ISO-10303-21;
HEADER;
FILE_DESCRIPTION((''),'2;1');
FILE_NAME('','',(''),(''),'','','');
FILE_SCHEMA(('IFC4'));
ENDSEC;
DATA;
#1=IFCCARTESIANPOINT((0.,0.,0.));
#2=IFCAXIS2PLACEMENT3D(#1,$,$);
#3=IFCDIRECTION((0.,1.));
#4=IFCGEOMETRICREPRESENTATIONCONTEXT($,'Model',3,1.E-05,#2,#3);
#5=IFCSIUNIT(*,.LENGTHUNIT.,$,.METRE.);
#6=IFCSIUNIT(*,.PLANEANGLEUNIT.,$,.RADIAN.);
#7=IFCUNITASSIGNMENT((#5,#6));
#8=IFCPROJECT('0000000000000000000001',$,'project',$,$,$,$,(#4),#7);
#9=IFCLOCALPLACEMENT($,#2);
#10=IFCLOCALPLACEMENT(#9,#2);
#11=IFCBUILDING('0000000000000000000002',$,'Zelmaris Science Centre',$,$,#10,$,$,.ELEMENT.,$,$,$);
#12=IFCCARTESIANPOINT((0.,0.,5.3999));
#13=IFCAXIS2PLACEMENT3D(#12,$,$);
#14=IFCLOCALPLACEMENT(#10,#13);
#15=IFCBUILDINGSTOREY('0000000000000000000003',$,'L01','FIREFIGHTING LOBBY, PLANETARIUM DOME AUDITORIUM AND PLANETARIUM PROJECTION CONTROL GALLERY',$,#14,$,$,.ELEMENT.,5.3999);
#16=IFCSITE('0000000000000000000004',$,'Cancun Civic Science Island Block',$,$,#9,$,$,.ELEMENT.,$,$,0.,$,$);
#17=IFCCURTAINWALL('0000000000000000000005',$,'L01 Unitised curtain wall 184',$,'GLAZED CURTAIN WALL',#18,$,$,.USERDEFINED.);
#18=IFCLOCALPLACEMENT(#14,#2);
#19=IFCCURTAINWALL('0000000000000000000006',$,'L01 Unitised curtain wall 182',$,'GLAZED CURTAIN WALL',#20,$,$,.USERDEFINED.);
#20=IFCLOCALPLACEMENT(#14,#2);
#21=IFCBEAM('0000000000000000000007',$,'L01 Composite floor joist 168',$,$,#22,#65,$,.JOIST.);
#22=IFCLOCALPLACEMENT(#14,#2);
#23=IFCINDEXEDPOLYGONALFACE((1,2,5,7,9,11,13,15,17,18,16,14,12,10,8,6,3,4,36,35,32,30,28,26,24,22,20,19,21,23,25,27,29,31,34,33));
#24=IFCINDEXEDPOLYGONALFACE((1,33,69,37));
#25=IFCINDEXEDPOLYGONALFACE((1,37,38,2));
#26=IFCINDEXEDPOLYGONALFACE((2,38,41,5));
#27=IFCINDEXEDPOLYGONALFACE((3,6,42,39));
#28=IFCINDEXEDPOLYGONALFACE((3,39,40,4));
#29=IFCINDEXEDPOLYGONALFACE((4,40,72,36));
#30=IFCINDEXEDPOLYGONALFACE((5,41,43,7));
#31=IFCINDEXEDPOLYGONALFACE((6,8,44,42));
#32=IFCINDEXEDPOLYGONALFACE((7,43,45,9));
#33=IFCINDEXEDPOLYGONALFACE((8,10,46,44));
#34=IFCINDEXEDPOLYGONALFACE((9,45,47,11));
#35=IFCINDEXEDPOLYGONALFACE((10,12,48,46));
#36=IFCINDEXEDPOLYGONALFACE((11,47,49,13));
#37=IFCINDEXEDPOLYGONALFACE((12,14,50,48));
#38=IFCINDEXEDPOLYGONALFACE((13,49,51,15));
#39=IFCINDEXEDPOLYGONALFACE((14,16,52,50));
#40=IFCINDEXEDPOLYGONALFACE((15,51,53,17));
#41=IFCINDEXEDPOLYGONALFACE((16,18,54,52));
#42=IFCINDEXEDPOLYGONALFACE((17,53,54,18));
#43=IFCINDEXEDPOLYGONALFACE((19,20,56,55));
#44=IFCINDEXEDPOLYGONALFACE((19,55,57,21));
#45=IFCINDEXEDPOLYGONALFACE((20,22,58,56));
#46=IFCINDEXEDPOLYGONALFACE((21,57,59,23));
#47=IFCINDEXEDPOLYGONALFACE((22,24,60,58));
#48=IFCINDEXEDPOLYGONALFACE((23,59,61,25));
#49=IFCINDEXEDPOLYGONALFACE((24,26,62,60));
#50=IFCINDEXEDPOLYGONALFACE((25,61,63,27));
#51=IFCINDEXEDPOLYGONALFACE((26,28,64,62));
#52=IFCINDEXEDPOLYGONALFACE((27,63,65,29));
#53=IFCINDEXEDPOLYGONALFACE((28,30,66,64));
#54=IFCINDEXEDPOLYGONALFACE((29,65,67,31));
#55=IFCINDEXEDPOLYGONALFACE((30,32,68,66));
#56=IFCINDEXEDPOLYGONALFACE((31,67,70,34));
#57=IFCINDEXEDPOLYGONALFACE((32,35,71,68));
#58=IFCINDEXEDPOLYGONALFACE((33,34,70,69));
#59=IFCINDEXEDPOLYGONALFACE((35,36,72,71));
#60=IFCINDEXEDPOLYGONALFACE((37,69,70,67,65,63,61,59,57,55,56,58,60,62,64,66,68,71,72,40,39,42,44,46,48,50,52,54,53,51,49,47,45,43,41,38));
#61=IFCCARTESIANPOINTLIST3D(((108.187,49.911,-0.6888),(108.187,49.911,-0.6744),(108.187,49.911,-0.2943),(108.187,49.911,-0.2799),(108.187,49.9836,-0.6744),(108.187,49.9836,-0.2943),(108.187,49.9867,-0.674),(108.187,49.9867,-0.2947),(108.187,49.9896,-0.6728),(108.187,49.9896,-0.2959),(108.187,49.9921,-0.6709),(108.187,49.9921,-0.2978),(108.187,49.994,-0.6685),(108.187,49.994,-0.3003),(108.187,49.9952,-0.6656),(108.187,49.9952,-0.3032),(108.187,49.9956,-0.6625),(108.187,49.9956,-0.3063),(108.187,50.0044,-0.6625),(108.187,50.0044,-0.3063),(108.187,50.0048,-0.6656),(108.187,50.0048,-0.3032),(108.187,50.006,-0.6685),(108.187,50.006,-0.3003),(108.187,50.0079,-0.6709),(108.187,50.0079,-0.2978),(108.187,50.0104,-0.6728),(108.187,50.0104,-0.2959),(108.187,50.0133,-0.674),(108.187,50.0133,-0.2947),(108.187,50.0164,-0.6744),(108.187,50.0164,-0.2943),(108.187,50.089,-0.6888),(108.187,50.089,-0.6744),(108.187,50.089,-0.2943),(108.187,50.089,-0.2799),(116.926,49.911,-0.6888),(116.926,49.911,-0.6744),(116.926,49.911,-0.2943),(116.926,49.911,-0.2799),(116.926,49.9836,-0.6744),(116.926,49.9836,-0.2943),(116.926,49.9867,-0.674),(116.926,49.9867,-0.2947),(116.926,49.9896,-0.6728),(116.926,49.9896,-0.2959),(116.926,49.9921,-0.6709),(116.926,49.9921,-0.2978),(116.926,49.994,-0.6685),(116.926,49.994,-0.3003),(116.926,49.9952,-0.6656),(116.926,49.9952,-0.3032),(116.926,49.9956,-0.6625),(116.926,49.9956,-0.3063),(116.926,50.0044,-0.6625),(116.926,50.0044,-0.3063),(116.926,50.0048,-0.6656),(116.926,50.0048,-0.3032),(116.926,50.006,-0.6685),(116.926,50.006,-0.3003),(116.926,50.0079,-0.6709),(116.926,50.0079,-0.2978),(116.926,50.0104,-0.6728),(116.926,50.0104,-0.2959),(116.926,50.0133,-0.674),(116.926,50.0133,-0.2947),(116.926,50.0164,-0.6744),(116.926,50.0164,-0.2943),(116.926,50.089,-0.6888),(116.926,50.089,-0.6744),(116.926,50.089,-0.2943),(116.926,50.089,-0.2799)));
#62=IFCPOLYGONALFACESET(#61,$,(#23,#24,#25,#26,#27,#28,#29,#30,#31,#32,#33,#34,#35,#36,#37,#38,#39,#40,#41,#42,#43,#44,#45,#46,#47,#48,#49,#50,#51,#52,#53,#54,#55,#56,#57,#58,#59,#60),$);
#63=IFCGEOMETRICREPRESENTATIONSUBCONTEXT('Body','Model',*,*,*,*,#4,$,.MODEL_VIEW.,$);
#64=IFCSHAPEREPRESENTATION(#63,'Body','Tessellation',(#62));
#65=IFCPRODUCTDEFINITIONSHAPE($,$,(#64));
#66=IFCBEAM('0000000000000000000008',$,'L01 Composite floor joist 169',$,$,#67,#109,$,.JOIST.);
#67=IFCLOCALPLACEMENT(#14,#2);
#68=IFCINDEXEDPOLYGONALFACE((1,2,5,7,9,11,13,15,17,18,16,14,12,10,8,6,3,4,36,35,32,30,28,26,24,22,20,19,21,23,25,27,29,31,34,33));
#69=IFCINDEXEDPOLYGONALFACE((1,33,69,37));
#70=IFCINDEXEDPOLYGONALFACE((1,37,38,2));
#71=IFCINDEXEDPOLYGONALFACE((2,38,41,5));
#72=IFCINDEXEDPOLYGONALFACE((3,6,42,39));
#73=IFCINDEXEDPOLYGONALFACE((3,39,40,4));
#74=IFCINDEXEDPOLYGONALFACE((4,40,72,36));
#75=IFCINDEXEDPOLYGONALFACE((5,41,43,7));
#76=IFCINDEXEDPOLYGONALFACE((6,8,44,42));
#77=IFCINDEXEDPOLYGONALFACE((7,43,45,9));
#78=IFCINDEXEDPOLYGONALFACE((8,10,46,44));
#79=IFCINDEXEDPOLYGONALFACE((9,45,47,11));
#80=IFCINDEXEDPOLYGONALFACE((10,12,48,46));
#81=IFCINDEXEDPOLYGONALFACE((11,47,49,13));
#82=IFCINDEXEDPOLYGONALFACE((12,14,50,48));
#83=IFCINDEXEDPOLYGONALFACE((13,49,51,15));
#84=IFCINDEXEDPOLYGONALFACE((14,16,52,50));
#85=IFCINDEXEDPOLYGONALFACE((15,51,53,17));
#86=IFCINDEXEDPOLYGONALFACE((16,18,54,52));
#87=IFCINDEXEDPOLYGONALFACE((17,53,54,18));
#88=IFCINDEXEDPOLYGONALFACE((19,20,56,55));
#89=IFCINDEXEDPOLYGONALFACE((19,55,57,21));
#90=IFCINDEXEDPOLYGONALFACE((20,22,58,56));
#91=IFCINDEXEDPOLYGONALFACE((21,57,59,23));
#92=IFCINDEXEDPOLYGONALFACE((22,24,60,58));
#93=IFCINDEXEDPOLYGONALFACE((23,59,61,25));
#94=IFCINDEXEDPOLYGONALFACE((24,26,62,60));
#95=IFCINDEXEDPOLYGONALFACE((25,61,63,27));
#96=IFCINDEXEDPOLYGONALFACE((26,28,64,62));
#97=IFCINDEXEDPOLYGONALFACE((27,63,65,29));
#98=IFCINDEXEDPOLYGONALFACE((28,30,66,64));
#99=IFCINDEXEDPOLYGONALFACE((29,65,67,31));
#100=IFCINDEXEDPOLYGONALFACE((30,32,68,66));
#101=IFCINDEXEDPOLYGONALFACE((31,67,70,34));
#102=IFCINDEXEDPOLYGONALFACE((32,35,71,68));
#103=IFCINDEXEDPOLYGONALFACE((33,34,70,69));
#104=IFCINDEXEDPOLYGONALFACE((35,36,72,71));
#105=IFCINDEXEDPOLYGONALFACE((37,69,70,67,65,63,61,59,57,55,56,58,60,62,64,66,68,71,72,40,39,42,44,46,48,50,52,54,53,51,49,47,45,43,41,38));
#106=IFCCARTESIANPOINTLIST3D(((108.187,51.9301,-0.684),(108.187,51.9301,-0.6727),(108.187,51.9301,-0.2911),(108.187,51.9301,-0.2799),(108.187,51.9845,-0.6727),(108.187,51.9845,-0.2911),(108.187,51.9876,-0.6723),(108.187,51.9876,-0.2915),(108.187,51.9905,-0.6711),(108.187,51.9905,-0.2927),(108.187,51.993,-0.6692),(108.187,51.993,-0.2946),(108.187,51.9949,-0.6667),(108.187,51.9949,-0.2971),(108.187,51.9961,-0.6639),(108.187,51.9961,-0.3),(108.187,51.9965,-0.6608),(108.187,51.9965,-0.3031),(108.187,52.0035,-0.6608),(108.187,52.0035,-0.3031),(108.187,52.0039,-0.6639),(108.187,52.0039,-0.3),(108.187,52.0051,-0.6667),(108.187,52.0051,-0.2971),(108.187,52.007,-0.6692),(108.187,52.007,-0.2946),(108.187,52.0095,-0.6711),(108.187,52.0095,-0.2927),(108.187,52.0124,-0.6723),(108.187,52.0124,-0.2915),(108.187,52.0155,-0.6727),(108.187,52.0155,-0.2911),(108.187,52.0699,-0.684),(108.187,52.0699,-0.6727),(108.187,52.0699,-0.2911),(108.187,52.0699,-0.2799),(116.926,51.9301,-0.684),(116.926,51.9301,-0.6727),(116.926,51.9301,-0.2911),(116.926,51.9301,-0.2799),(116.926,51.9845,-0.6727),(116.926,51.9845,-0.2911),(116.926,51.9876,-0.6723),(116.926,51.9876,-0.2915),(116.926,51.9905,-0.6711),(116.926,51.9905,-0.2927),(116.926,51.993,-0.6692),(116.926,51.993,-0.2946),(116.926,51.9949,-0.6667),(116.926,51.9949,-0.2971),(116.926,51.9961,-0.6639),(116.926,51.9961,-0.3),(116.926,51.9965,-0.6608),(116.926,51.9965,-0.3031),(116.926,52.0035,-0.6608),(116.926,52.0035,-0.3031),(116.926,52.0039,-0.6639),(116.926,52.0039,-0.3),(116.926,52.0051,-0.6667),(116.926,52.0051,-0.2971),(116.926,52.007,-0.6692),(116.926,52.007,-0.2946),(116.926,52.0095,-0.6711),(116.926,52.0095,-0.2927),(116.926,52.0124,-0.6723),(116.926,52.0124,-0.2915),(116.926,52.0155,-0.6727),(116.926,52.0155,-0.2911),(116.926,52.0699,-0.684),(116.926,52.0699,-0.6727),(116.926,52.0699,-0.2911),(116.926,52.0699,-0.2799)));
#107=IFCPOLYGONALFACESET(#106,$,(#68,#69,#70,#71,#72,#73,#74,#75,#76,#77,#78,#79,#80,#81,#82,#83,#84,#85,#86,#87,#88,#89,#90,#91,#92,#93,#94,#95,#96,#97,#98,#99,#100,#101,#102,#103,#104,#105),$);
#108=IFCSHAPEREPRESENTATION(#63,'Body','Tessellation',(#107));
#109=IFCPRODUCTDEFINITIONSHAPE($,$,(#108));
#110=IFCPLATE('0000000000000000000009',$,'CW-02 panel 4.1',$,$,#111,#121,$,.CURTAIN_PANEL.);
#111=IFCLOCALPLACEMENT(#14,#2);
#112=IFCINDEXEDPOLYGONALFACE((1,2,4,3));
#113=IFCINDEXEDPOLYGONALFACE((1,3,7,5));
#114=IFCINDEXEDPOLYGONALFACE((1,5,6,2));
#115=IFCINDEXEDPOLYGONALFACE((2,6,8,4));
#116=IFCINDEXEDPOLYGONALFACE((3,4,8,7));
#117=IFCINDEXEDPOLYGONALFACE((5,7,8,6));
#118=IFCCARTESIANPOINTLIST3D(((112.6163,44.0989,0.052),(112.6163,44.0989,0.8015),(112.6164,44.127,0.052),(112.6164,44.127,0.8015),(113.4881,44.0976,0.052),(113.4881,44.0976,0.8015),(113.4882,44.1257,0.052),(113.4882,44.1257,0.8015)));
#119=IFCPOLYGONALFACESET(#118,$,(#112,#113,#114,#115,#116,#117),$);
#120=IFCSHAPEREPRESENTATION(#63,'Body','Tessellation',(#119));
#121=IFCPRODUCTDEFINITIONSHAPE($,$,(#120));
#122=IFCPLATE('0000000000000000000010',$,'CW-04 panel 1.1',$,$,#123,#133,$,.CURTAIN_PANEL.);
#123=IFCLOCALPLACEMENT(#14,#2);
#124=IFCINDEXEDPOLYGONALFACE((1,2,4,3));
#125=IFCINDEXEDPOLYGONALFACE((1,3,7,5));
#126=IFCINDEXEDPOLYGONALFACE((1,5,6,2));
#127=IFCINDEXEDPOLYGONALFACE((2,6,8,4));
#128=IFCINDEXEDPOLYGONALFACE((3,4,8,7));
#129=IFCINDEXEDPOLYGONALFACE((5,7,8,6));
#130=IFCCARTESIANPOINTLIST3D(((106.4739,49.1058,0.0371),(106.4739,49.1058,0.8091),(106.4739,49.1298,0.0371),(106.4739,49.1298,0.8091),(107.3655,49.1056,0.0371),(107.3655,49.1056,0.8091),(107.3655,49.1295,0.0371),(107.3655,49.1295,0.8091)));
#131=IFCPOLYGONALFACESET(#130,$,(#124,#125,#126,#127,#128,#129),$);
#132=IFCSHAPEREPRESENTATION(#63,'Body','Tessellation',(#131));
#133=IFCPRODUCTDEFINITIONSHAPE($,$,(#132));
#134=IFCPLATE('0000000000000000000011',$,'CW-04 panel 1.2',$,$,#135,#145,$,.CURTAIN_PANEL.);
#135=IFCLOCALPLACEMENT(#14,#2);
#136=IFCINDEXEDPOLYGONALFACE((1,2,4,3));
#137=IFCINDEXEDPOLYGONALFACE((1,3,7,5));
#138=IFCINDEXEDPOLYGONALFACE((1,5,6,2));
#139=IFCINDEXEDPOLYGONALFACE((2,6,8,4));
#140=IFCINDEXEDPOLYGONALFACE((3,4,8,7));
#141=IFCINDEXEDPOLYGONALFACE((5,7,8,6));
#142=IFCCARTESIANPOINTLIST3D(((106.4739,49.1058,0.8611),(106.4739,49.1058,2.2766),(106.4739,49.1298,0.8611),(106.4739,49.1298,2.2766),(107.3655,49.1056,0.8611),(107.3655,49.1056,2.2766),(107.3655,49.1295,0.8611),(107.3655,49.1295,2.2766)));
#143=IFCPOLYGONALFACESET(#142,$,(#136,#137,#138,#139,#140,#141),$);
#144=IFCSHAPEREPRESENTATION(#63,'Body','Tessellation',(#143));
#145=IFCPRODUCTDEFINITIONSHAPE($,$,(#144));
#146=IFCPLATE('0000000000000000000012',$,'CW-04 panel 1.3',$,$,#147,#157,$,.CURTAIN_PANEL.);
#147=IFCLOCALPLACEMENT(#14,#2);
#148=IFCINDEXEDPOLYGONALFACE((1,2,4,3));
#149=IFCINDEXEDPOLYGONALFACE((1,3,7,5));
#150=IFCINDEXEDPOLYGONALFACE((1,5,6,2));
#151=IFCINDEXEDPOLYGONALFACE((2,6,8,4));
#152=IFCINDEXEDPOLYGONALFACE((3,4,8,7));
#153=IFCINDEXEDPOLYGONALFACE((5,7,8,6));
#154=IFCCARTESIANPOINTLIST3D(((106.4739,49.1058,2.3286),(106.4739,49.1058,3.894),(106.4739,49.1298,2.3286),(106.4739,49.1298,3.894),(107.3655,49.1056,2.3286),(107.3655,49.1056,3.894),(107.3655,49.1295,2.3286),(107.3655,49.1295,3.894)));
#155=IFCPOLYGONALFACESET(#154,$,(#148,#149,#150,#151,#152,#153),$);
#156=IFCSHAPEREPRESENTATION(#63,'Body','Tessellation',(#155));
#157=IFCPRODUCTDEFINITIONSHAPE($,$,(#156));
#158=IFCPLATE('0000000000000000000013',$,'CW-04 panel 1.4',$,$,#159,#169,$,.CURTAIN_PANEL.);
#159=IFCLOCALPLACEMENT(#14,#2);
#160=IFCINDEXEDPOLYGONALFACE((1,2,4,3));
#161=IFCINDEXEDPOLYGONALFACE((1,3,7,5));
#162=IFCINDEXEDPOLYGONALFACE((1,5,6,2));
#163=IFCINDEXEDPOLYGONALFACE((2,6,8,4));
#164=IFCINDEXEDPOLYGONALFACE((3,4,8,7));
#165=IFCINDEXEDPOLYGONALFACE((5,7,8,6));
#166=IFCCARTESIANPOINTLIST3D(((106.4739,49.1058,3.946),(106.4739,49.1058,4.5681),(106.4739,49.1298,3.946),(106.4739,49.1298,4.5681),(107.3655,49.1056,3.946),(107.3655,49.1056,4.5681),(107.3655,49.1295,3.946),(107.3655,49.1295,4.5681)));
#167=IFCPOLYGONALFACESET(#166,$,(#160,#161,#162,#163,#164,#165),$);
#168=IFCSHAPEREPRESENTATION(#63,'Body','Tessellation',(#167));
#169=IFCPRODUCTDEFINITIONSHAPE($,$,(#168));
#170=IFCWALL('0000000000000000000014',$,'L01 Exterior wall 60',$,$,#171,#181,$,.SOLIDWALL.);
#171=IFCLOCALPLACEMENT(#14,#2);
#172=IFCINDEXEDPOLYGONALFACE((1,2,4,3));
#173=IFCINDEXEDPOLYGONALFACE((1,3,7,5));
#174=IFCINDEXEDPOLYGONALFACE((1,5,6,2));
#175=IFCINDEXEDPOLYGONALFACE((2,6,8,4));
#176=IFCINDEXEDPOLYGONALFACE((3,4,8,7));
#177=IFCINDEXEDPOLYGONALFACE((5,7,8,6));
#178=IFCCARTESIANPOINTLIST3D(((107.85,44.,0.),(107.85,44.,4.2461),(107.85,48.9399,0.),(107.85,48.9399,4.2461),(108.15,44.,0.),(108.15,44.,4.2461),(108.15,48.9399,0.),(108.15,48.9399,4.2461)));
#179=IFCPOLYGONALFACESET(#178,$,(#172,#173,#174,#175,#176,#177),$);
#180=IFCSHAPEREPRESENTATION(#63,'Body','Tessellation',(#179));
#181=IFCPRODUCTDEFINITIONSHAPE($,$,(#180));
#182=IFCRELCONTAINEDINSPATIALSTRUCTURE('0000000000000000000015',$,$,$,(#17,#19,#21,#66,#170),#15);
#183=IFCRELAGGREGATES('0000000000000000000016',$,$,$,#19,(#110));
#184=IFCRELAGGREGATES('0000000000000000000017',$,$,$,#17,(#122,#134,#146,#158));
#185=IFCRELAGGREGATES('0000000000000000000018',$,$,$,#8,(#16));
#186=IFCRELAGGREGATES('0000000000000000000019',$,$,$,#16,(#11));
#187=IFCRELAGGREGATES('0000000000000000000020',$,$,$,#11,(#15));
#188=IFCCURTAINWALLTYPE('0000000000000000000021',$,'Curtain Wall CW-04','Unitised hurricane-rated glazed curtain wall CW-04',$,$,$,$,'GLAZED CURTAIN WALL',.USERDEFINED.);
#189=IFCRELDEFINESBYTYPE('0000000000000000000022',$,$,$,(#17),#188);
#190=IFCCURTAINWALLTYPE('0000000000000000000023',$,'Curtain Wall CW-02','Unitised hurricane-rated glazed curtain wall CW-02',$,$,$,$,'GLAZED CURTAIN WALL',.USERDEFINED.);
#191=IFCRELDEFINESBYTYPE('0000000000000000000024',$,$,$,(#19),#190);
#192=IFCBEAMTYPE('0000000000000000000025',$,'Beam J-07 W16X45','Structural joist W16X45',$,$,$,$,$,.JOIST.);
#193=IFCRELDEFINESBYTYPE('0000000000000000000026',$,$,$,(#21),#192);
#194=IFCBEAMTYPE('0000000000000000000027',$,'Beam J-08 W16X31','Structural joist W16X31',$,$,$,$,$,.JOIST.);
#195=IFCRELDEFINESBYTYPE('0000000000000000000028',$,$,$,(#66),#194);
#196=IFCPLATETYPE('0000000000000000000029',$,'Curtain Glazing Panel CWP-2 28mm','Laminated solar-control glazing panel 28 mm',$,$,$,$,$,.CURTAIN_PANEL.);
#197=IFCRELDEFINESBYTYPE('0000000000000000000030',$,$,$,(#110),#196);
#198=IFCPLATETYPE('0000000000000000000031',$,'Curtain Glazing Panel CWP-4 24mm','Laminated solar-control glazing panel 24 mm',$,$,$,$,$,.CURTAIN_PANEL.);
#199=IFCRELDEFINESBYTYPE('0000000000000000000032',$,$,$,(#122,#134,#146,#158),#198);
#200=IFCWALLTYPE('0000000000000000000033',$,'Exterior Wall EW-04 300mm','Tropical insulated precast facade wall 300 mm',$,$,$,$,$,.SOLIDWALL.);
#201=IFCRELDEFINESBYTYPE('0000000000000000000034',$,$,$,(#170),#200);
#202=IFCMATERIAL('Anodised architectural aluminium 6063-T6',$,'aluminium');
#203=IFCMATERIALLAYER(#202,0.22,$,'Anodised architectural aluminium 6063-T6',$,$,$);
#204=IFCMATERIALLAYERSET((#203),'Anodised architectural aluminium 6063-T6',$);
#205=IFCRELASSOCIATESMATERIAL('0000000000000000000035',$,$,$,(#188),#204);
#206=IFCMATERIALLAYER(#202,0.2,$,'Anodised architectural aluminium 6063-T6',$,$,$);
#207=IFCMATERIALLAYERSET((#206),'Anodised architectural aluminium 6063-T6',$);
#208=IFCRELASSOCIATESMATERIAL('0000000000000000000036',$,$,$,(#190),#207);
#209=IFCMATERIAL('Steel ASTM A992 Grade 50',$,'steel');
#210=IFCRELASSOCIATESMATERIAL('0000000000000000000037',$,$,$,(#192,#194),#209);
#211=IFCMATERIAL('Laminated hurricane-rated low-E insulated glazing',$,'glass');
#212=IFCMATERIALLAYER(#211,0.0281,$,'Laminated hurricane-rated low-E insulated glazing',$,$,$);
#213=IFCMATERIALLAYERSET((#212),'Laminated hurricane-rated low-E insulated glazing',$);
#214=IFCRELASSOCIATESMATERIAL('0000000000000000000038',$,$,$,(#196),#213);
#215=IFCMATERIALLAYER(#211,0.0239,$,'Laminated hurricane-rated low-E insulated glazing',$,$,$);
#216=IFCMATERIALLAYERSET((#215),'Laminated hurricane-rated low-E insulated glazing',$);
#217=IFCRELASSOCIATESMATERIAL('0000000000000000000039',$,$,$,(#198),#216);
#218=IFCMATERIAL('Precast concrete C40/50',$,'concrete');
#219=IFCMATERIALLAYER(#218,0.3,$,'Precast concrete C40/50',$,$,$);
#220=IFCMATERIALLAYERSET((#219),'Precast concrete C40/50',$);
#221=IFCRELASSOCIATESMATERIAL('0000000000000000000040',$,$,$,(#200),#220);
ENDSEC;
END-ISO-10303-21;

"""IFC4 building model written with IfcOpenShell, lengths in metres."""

from ifc_helpers import new_model, si_unit, direction, frame, frame_2d, origin, origin_2d, place, context, subcontext, project, spatial, rectangle, i_section, extrude, material, layer, layer_set, material_profile, profile_set, type_object, element, aggregate, save


model = new_model("IFC4")

# Units and contexts
model_context = context("Model", 3, precision=1e-05, world=origin(), true_north=direction((0.0, 1.0)))
body_context = subcontext(model_context, "Body", "Model", "MODEL_VIEW")
ifc_project = project(units=[si_unit("LENGTHUNIT", "METRE"), si_unit("PLANEANGLEUNIT", "RADIAN")], contexts=[model_context])

# Site, building, storey
site_placement = place(None, origin())
site = spatial("IfcSite", under=ifc_project, at=site_placement, Name="Cancun Civic Science Island Block", CompositionType="ELEMENT", RefElevation=0.0)
building_placement = place(site_placement, origin())
building = spatial("IfcBuilding", under=site, at=building_placement, Name="Zelmaris Science Centre", CompositionType="ELEMENT")
storey_placement = place(building_placement, frame((0.0, 0.0, 5.3999)))
storey = spatial("IfcBuildingStorey", under=building, at=storey_placement, Name="L01", Description="FIREFIGHTING LOBBY, PLANETARIUM DOME AUDITORIUM AND PLANETARIUM PROJECTION CONTROL GALLERY", CompositionType="ELEMENT", Elevation=5.3999)

# Shared definitions
ifc_material_1 = material(Name="Steel ASTM A992 Grade 50", Category="steel")

# Curtain wall
ifc_material_2 = material(Name="Anodised architectural aluminium 6063-T6", Category="aluminium")
ifc_layer_1 = layer(ifc_material_2, 0.22, Name="Anodised architectural aluminium 6063-T6")
ifc_layer_set_1 = layer_set([ifc_layer_1], Name="Anodised architectural aluminium 6063-T6")
curtain_wall_type_1 = type_object("IfcCurtainWallType", Name="Curtain Wall CW-04", Description="Unitised hurricane-rated glazed curtain wall CW-04", ElementType="GLAZED CURTAIN WALL", PredefinedType="USERDEFINED", material=ifc_layer_set_1)
curtain_wall_1_placement = place(storey_placement, origin())
curtain_wall_1 = element("IfcCurtainWall", 1, at=curtain_wall_1_placement, inside=storey, type_object=curtain_wall_type_1, Name="L01 Unitised curtain wall 184", ObjectType="GLAZED CURTAIN WALL", PredefinedType="USERDEFINED")

# Curtain wall
ifc_layer_2 = layer(ifc_material_2, 0.2, Name="Anodised architectural aluminium 6063-T6")
ifc_layer_set_2 = layer_set([ifc_layer_2], Name="Anodised architectural aluminium 6063-T6")
curtain_wall_type_2 = type_object("IfcCurtainWallType", Name="Curtain Wall CW-02", Description="Unitised hurricane-rated glazed curtain wall CW-02", ElementType="GLAZED CURTAIN WALL", PredefinedType="USERDEFINED", material=ifc_layer_set_2)
curtain_wall_2_placement = place(storey_placement, origin())
curtain_wall_2 = element("IfcCurtainWall", 2, at=curtain_wall_2_placement, inside=storey, type_object=curtain_wall_type_2, Name="L01 Unitised curtain wall 182", ObjectType="GLAZED CURTAIN WALL", PredefinedType="USERDEFINED")

# Beams
ifc_material_profile_1 = material_profile(ifc_material_1, i_section(OverallWidth=0.178, OverallDepth=0.4089, WebThickness=0.0088, FlangeThickness=0.0144, FilletRadius=0.012, at=origin_2d()), Name="W16X45")
ifc_profile_set_1 = profile_set([ifc_material_profile_1], Name="Steel ASTM A992 Grade 50")
beam_type_1 = type_object("IfcBeamType", Name="Beam J-07 W16X45", Description="Structural joist W16X45", PredefinedType="JOIST", material=ifc_profile_set_1)
beam_1_placement = place(storey_placement, frame((108.187, 50.0, -0.4844), z_axis=(1.0, 0.0, 0.0), x_axis=(0.0, 1.0, 0.0)))
element("IfcBeam", 3, at=beam_1_placement, inside=storey, type_object=beam_type_1, Name="L01 Composite floor joist 168", PredefinedType="JOIST", context=body_context, shape_type="SweptSolid", body=[
    extrude(i_section(OverallWidth=0.178, OverallDepth=0.4089, WebThickness=0.0088, FlangeThickness=0.0144, FilletRadius=0.012, at=origin_2d()), origin(), (0.0, 0.0, 1.0), 8.739),
])
ifc_material_profile_2 = material_profile(ifc_material_1, i_section(OverallWidth=0.1399, OverallDepth=0.4041, WebThickness=0.0071, FlangeThickness=0.0112, FilletRadius=0.012, at=origin_2d()), Name="W16X31")
ifc_profile_set_2 = profile_set([ifc_material_profile_2], Name="Steel ASTM A992 Grade 50")
beam_type_2 = type_object("IfcBeamType", Name="Beam J-08 W16X31", Description="Structural joist W16X31", PredefinedType="JOIST", material=ifc_profile_set_2)
beam_2_placement = place(storey_placement, frame((108.187, 52.0, -0.4819), z_axis=(1.0, 0.0, 0.0), x_axis=(0.0, 1.0, 0.0)))
element("IfcBeam", 4, at=beam_2_placement, inside=storey, type_object=beam_type_2, Name="L01 Composite floor joist 169", PredefinedType="JOIST", context=body_context, shape_type="SweptSolid", body=[
    extrude(i_section(OverallWidth=0.1399, OverallDepth=0.4041, WebThickness=0.0071, FlangeThickness=0.0112, FilletRadius=0.012, at=origin_2d()), origin(), (0.0, 0.0, 1.0), 8.739),
])

# Plates
ifc_material_3 = material(Name="Laminated hurricane-rated low-E insulated glazing", Category="glass")
ifc_layer_3 = layer(ifc_material_3, 0.0281, Name="Laminated hurricane-rated low-E insulated glazing")
ifc_layer_set_3 = layer_set([ifc_layer_3], Name="Laminated hurricane-rated low-E insulated glazing")
plate_type_1 = type_object("IfcPlateType", Name="Curtain Glazing Panel CWP-2 28mm", Description="Laminated solar-control glazing panel 28 mm", PredefinedType="CURTAIN_PANEL", material=ifc_layer_set_3)
plate_1_placement = place(storey_placement, frame((113.0522, 44.1123, 0.052), z_axis=(0.0, 0.0, 1.0), x_axis=(-0.999999, 0.001517, 0.0)))
plate_1 = element("IfcPlate", 5, at=plate_1_placement, type_object=plate_type_1, Name="CW-02 panel 4.1", PredefinedType="CURTAIN_PANEL", context=body_context, shape_type="SweptSolid", body=[
    extrude(rectangle(XDim=0.8718, YDim=0.0281, at=origin_2d()), origin(), (0.0, 0.0, 1.0), 0.7495),
])
aggregate(curtain_wall_2, [plate_1])
ifc_layer_4 = layer(ifc_material_3, 0.0239, Name="Laminated hurricane-rated low-E insulated glazing")
ifc_layer_set_4 = layer_set([ifc_layer_4], Name="Laminated hurricane-rated low-E insulated glazing")
plate_type_2 = type_object("IfcPlateType", Name="Curtain Glazing Panel CWP-4 24mm", Description="Laminated solar-control glazing panel 24 mm", PredefinedType="CURTAIN_PANEL", material=ifc_layer_set_4)
plate_2_placement = place(storey_placement, frame((106.9197, 49.1177, 0.0371), z_axis=(0.0, 0.0, 1.0), x_axis=(-1.0, 0.000284, 0.0)))
plate_2 = element("IfcPlate", 6, at=plate_2_placement, type_object=plate_type_2, Name="CW-04 panel 1.1", PredefinedType="CURTAIN_PANEL", context=body_context, shape_type="SweptSolid", body=[
    extrude(rectangle(XDim=0.8916, YDim=0.0239, at=origin_2d()), origin(), (0.0, 0.0, 1.0), 0.772),
])
plate_3_placement = place(storey_placement, frame((106.9197, 49.1177, 0.8611), z_axis=(0.0, 0.0, 1.0), x_axis=(-1.0, 0.000284, 0.0)))
plate_3 = element("IfcPlate", 7, at=plate_3_placement, type_object=plate_type_2, Name="CW-04 panel 1.2", PredefinedType="CURTAIN_PANEL", context=body_context, shape_type="SweptSolid", body=[
    extrude(rectangle(XDim=0.8916, YDim=0.0239, at=origin_2d()), origin(), (0.0, 0.0, 1.0), 1.4155),
])
plate_4_placement = place(storey_placement, frame((106.9197, 49.1177, 2.3286), z_axis=(0.0, 0.0, 1.0), x_axis=(-1.0, 0.000284, 0.0)))
plate_4 = element("IfcPlate", 8, at=plate_4_placement, type_object=plate_type_2, Name="CW-04 panel 1.3", PredefinedType="CURTAIN_PANEL", context=body_context, shape_type="SweptSolid", body=[
    extrude(rectangle(XDim=0.8916, YDim=0.0239, at=origin_2d()), origin(), (0.0, 0.0, 1.0), 1.5654),
])
plate_5_placement = place(storey_placement, frame((106.9197, 49.1177, 3.946), z_axis=(0.0, 0.0, 1.0), x_axis=(-1.0, 0.000284, 0.0)))
plate_5 = element("IfcPlate", 9, at=plate_5_placement, type_object=plate_type_2, Name="CW-04 panel 1.4", PredefinedType="CURTAIN_PANEL", context=body_context, shape_type="SweptSolid", body=[
    extrude(rectangle(XDim=0.8916, YDim=0.0239, at=origin_2d()), origin(), (0.0, 0.0, 1.0), 0.6221),
])
aggregate(curtain_wall_1, [plate_2, plate_3, plate_4, plate_5])

# Wall
ifc_material_4 = material(Name="Precast concrete C40/50", Category="concrete")
ifc_layer_5 = layer(ifc_material_4, 0.3, Name="Precast concrete C40/50")
ifc_layer_set_5 = layer_set([ifc_layer_5], Name="Precast concrete C40/50")
wall_type = type_object("IfcWallType", Name="Exterior Wall EW-04 300mm", Description="Tropical insulated precast facade wall 300 mm", PredefinedType="SOLIDWALL", material=ifc_layer_set_5)
wall_placement = place(storey_placement, frame((108.0, 44.0, 0.0), z_axis=(0.0, 0.0, 1.0), x_axis=(0.0, 1.0, 0.0)))
element("IfcWall", 10, at=wall_placement, inside=storey, type_object=wall_type, Name="L01 Exterior wall 60", PredefinedType="SOLIDWALL", context=body_context, shape_type="SweptSolid", body=[
    extrude(rectangle(XDim=4.9399, YDim=0.3, at=frame_2d((2.47, 0.0))), origin(), (0.0, 0.0, 1.0), 4.2461),
])

save(model, "model.ifc")
